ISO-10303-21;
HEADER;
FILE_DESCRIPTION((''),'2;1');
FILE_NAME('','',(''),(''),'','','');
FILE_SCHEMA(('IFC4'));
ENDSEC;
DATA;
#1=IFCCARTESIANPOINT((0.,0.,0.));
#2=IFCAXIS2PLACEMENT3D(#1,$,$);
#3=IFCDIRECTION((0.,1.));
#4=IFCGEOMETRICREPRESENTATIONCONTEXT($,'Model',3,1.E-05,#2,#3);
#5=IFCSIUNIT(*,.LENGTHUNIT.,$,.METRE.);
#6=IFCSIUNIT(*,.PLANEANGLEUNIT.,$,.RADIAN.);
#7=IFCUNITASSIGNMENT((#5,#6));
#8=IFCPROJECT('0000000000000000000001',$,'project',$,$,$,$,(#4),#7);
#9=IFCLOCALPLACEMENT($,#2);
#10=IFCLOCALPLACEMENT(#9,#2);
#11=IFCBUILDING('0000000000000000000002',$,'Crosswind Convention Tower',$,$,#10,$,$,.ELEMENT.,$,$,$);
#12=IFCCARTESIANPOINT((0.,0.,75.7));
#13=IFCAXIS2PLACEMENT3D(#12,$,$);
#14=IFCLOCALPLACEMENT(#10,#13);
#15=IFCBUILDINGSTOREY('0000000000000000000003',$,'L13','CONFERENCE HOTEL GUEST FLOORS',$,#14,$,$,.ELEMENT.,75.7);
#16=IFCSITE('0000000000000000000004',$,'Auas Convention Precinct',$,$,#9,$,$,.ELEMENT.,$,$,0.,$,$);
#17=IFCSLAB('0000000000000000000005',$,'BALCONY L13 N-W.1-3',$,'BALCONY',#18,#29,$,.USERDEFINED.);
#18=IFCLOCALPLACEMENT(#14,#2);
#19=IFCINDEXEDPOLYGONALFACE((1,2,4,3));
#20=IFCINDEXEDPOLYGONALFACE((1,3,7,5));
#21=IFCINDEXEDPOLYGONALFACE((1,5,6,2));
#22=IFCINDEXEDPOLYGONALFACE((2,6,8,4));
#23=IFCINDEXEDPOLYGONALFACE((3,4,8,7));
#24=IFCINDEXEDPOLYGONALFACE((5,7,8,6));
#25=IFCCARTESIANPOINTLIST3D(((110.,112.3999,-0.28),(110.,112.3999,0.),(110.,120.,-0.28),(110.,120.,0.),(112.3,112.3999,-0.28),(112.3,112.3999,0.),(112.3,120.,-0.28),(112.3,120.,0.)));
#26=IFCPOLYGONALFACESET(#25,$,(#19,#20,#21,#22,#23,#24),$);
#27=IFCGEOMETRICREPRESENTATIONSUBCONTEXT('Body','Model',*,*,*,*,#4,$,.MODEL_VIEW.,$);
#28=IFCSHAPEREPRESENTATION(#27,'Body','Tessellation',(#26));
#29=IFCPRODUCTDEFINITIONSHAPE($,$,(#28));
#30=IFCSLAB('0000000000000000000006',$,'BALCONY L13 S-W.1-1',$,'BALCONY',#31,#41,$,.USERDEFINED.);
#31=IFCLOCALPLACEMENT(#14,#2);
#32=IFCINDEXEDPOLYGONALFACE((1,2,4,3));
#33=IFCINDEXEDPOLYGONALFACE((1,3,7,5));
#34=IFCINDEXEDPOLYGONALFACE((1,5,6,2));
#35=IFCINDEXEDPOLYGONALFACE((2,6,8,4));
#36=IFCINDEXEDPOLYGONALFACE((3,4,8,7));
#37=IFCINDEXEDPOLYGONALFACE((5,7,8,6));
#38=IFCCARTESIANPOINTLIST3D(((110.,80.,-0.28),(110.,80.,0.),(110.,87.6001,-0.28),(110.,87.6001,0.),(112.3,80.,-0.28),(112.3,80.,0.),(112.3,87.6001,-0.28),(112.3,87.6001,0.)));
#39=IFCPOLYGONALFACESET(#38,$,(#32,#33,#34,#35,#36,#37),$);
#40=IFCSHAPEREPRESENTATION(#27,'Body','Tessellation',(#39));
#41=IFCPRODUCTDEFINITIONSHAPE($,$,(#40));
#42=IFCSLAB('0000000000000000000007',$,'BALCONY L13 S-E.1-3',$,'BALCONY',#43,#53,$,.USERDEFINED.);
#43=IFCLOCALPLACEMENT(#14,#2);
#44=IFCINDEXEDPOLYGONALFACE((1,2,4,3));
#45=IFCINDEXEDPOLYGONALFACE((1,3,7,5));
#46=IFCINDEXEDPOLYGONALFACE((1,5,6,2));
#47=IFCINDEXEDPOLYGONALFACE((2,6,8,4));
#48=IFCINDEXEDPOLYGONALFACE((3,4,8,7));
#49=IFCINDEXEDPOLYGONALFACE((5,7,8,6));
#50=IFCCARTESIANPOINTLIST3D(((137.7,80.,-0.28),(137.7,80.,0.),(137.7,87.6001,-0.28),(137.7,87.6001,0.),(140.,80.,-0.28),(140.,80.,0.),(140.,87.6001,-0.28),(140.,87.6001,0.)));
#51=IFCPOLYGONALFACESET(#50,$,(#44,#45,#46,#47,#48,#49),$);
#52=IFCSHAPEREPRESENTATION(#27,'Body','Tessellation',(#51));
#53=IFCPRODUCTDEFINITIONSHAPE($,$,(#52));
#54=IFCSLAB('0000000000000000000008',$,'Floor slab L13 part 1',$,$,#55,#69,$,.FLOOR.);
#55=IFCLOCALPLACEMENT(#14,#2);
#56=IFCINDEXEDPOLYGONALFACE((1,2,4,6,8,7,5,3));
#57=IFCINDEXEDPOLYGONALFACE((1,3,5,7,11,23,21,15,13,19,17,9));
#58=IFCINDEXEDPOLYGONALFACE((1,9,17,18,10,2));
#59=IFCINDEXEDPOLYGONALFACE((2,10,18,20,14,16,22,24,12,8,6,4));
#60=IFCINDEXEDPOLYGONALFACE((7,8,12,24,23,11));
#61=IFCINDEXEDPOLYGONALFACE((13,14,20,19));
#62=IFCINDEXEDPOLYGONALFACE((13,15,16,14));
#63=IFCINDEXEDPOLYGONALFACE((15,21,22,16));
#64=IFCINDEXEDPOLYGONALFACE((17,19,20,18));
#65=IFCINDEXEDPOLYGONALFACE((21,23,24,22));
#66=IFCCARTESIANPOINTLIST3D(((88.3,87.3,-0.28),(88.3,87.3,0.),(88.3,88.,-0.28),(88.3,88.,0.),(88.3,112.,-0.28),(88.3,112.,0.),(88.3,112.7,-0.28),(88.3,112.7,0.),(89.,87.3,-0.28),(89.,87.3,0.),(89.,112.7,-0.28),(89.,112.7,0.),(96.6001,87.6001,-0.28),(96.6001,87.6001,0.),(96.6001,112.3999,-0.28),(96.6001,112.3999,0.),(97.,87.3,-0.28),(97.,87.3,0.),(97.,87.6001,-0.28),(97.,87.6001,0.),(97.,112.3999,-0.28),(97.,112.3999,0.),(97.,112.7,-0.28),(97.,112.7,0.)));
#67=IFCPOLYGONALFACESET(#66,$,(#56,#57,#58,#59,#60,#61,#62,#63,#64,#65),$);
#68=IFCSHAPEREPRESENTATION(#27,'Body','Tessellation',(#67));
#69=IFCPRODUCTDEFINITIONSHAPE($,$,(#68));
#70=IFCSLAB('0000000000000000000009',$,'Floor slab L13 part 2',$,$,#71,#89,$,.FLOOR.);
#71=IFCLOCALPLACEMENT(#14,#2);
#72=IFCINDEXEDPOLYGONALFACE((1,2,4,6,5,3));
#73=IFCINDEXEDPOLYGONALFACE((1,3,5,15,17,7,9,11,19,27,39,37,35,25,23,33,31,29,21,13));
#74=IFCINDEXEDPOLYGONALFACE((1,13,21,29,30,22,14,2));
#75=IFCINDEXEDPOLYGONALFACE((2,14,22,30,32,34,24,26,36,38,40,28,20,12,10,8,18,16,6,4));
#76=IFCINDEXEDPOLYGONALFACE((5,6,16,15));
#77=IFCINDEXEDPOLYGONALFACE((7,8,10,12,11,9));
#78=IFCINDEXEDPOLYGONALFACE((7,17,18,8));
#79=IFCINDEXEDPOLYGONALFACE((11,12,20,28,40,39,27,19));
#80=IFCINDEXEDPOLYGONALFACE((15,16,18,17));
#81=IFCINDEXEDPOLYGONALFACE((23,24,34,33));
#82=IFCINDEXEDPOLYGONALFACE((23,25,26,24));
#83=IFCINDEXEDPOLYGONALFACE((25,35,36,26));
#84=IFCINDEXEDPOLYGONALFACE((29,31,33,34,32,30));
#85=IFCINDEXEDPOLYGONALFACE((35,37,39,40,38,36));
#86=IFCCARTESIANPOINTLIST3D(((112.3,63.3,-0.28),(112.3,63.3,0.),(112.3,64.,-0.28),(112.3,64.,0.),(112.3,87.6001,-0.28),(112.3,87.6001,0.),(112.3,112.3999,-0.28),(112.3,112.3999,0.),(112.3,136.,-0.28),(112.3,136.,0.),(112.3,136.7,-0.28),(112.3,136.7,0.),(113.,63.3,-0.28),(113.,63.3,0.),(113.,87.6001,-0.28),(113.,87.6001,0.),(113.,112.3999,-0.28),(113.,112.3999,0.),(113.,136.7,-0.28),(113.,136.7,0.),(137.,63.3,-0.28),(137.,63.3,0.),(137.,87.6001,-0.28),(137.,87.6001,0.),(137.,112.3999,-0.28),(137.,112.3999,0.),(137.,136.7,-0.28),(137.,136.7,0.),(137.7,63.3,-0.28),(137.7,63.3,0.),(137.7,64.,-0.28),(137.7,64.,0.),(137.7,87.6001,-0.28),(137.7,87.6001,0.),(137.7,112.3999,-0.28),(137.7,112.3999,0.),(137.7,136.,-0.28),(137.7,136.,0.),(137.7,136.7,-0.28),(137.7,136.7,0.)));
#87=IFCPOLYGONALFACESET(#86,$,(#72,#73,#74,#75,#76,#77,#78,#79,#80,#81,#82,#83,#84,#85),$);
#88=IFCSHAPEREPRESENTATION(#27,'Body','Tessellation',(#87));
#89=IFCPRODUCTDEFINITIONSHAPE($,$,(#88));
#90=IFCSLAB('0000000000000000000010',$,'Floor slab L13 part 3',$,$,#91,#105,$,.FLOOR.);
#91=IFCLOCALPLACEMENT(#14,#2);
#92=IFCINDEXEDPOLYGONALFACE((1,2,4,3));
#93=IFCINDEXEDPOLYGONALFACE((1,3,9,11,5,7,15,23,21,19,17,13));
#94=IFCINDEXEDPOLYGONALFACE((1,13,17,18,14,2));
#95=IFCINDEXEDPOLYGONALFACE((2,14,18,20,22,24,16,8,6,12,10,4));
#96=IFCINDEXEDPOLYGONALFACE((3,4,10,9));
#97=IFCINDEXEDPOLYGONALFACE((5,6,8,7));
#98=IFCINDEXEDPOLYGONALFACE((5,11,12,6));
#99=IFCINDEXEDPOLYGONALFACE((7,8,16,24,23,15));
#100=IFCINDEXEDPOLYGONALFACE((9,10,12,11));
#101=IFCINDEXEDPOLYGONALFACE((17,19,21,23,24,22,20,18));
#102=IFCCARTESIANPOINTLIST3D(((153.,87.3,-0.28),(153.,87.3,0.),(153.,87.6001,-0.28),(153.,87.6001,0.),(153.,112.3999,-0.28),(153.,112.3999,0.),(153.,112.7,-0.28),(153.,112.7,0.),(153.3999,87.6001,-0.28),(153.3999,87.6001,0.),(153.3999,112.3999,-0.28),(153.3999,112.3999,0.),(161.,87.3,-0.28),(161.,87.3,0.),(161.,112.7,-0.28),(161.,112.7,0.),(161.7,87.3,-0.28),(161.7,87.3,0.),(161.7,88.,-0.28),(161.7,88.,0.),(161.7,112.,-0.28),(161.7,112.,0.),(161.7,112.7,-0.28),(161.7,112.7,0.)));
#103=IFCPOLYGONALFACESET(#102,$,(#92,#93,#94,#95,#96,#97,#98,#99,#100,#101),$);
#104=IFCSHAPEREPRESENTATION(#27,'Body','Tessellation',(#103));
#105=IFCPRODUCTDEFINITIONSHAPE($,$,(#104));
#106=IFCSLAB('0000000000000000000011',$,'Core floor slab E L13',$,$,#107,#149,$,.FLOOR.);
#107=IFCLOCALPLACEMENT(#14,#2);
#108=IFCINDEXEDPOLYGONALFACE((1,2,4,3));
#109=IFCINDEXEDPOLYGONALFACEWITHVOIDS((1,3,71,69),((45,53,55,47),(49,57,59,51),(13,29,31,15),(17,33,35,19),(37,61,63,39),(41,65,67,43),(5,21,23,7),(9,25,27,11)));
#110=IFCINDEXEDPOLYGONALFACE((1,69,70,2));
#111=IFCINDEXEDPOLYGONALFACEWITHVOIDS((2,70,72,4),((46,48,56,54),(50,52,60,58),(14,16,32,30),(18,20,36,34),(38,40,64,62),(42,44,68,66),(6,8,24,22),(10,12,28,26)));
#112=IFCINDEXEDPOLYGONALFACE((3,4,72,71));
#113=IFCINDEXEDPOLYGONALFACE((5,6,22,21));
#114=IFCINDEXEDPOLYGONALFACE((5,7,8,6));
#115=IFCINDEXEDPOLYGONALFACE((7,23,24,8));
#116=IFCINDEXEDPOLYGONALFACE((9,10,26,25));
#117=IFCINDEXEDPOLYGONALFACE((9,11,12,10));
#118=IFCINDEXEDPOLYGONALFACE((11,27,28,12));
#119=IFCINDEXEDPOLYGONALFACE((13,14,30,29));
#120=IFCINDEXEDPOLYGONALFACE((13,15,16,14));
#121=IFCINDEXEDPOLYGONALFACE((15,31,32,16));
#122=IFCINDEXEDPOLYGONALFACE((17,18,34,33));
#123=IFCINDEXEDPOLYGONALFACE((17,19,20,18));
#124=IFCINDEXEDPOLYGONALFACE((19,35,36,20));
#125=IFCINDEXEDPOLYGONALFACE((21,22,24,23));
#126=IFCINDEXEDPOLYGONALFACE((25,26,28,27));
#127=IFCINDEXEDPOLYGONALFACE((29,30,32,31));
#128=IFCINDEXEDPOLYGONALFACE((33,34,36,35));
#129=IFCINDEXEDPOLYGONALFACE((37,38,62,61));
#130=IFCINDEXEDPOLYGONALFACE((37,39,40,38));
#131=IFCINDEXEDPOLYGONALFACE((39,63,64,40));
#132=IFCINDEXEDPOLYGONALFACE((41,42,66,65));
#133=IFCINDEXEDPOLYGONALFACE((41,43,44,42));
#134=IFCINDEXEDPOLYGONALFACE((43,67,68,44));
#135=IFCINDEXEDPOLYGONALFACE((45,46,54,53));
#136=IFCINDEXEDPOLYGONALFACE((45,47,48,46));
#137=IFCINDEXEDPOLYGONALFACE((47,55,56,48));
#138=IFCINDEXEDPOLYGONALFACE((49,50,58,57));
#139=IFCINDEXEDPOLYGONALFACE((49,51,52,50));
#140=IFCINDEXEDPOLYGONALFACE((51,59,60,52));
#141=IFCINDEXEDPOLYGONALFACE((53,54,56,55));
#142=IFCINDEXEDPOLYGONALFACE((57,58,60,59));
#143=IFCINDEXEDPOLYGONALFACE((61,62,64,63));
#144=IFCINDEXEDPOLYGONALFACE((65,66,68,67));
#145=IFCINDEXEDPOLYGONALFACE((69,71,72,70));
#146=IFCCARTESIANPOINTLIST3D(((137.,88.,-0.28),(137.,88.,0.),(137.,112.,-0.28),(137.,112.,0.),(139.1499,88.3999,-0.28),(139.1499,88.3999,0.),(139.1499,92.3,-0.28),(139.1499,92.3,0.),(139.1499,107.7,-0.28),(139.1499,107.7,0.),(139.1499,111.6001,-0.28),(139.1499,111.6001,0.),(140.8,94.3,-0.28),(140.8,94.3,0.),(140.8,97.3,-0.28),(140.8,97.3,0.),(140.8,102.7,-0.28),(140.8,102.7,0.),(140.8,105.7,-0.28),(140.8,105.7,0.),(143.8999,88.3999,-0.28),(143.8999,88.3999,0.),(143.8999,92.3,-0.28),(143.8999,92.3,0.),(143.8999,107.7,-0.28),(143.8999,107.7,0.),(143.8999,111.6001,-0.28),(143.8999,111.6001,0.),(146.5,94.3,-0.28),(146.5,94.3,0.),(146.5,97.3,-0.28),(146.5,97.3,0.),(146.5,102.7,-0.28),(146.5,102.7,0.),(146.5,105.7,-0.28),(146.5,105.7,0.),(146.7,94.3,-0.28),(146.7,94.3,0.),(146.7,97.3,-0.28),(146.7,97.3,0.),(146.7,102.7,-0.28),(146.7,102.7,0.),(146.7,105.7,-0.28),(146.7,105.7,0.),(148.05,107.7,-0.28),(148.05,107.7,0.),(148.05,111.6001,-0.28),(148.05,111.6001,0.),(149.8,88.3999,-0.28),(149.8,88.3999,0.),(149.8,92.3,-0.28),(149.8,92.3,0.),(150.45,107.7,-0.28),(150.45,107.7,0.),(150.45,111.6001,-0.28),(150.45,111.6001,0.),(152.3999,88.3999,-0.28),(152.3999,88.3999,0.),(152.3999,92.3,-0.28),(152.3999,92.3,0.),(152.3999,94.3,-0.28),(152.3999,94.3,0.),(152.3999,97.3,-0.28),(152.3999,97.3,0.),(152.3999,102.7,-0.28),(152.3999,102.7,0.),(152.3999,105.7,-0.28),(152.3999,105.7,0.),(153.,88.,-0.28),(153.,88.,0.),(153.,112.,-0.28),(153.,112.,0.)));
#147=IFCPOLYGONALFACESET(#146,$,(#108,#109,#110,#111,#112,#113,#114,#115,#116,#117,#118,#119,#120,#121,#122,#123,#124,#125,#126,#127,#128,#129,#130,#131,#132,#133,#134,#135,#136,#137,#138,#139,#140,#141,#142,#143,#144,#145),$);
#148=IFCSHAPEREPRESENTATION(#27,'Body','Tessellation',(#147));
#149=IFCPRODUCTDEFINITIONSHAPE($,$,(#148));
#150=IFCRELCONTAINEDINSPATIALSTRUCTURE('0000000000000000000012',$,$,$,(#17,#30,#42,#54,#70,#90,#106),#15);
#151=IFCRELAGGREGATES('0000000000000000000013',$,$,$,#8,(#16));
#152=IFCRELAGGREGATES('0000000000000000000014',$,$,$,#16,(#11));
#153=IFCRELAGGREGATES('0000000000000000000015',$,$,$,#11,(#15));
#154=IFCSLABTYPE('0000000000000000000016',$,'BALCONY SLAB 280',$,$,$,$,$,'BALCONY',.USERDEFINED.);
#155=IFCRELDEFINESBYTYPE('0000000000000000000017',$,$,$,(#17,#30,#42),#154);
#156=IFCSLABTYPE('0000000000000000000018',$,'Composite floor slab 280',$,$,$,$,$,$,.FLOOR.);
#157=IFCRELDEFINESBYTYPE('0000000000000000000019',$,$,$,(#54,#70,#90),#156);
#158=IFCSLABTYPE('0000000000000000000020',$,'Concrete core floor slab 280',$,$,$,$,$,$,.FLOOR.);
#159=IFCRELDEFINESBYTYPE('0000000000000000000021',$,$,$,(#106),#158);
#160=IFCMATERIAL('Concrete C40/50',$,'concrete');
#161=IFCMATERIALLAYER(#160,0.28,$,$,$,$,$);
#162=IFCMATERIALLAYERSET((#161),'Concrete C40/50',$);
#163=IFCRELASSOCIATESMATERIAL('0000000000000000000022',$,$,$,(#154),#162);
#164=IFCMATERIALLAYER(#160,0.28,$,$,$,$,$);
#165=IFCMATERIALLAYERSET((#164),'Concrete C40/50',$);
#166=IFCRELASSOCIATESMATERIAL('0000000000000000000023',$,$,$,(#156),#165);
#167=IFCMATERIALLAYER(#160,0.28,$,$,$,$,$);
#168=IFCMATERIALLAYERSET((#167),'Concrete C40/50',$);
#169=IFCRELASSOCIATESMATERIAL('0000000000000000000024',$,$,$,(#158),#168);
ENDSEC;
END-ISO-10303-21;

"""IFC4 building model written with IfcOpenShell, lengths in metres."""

from ifc_helpers import new_model, si_unit, direction, frame, origin, place, context, subcontext, project, spatial, polyline, outline, extrude, material, layer, layer_set, type_object, element, save


model = new_model("IFC4")

# Units and contexts
model_context = context("Model", 3, precision=1e-05, world=origin(), true_north=direction((0.0, 1.0)))
body_context = subcontext(model_context, "Body", "Model", "MODEL_VIEW")
ifc_project = project(units=[si_unit("LENGTHUNIT", "METRE"), si_unit("PLANEANGLEUNIT", "RADIAN")], contexts=[model_context])

# Site, building, storey
site_placement = place(None, origin())
site = spatial("IfcSite", under=ifc_project, at=site_placement, Name="Auas Convention Precinct", CompositionType="ELEMENT", RefElevation=0.0)
building_placement = place(site_placement, origin())
building = spatial("IfcBuilding", under=site, at=building_placement, Name="Crosswind Convention Tower", CompositionType="ELEMENT")
storey_placement = place(building_placement, frame((0.0, 0.0, 75.7)))
storey = spatial("IfcBuildingStorey", under=building, at=storey_placement, Name="L13", Description="CONFERENCE HOTEL GUEST FLOORS", CompositionType="ELEMENT", Elevation=75.7)

# Slabs
ifc_material_1 = material(Name="Concrete C40/50", Category="concrete")
ifc_layer_1 = layer(ifc_material_1, 0.28)
ifc_layer_set_1 = layer_set([ifc_layer_1], Name="Concrete C40/50")
slab_type_1 = type_object("IfcSlabType", Name="BALCONY SLAB 280", ElementType="BALCONY", PredefinedType="USERDEFINED", material=ifc_layer_set_1)
slab_1_placement = place(storey_placement, frame((0.0, 0.0, -0.28)))
element("IfcSlab", 1, at=slab_1_placement, inside=storey, type_object=slab_type_1, Name="BALCONY L13 N-W.1-3", ObjectType="BALCONY", PredefinedType="USERDEFINED", context=body_context, shape_type="SweptSolid", body=[
    extrude(outline(polyline([(112.3, 120.0), (112.3, 112.3999), (110.0, 112.3999), (110.0, 120.0), (112.3, 120.0)])), origin(), (0.0, 0.0, 1.0), 0.28),
])
slab_2_placement = place(storey_placement, frame((0.0, 0.0, -0.28)))
element("IfcSlab", 2, at=slab_2_placement, inside=storey, type_object=slab_type_1, Name="BALCONY L13 S-W.1-1", ObjectType="BALCONY", PredefinedType="USERDEFINED", context=body_context, shape_type="SweptSolid", body=[
    extrude(outline(polyline([(112.3, 87.6001), (112.3, 80.0), (110.0, 80.0), (110.0, 87.6001), (112.3, 87.6001)])), origin(), (0.0, 0.0, 1.0), 0.28),
])
slab_3_placement = place(storey_placement, frame((0.0, 0.0, -0.28)))
element("IfcSlab", 3, at=slab_3_placement, inside=storey, type_object=slab_type_1, Name="BALCONY L13 S-E.1-3", ObjectType="BALCONY", PredefinedType="USERDEFINED", context=body_context, shape_type="SweptSolid", body=[
    extrude(outline(polyline([(137.7, 80.0), (137.7, 87.6001), (140.0, 87.6001), (140.0, 80.0), (137.7, 80.0)])), origin(), (0.0, 0.0, 1.0), 0.28),
])
ifc_layer_2 = layer(ifc_material_1, 0.28)
ifc_layer_set_2 = layer_set([ifc_layer_2], Name="Concrete C40/50")
slab_type_2 = type_object("IfcSlabType", Name="Composite floor slab 280", PredefinedType="FLOOR", material=ifc_layer_set_2)
slab_4_placement = place(storey_placement, frame((0.0, 0.0, -0.28)))
element("IfcSlab", 4, at=slab_4_placement, inside=storey, type_object=slab_type_2, Name="Floor slab L13 part 1", PredefinedType="FLOOR", context=body_context, shape_type="SweptSolid", body=[
    extrude(outline(polyline([(97.0, 87.3), (89.0, 87.3), (88.3, 87.3), (88.3, 88.0), (88.3, 112.0), (88.3, 112.7), (89.0, 112.7), (97.0, 112.7), (97.0, 112.3999), (96.6001, 112.3999), (96.6001, 87.6001), (97.0, 87.6001), (97.0, 87.3)])), origin(), (0.0, 0.0, 1.0), 0.28),
])
slab_5_placement = place(storey_placement, frame((0.0, 0.0, -0.28)))
element("IfcSlab", 5, at=slab_5_placement, inside=storey, type_object=slab_type_2, Name="Floor slab L13 part 2", PredefinedType="FLOOR", context=body_context, shape_type="SweptSolid", body=[
    extrude(outline(polyline([(112.3, 87.6001), (113.0, 87.6001), (113.0, 112.3999), (112.3, 112.3999), (112.3, 136.0), (112.3, 136.7), (113.0, 136.7), (137.0, 136.7), (137.7, 136.7), (137.7, 136.0), (137.7, 112.3999), (137.0, 112.3999), (137.0, 87.6001), (137.7, 87.6001), (137.7, 64.0), (137.7, 63.3), (137.0, 63.3), (113.0, 63.3), (112.3, 63.3), (112.3, 64.0), (112.3, 87.6001)])), origin(), (0.0, 0.0, 1.0), 0.28),
])
slab_6_placement = place(storey_placement, frame((0.0, 0.0, -0.28)))
element("IfcSlab", 6, at=slab_6_placement, inside=storey, type_object=slab_type_2, Name="Floor slab L13 part 3", PredefinedType="FLOOR", context=body_context, shape_type="SweptSolid", body=[
    extrude(outline(polyline([(153.0, 112.7), (161.0, 112.7), (161.7, 112.7), (161.7, 112.0), (161.7, 88.0), (161.7, 87.3), (161.0, 87.3), (153.0, 87.3), (153.0, 87.6001), (153.3999, 87.6001), (153.3999, 112.3999), (153.0, 112.3999), (153.0, 112.7)])), origin(), (0.0, 0.0, 1.0), 0.28),
])
ifc_layer_3 = layer(ifc_material_1, 0.28)
ifc_layer_set_3 = layer_set([ifc_layer_3], Name="Concrete C40/50")
slab_type_3 = type_object("IfcSlabType", Name="Concrete core floor slab 280", PredefinedType="FLOOR", material=ifc_layer_set_3)
slab_7_placement = place(storey_placement, frame((0.0, 0.0, -0.28)))
element("IfcSlab", 7, at=slab_7_placement, inside=storey, type_object=slab_type_3, Name="Core floor slab E L13", PredefinedType="FLOOR", context=body_context, shape_type="SweptSolid", body=[
    extrude(outline(polyline([(137.0, 88.0), (153.0, 88.0), (153.0, 112.0), (137.0, 112.0), (137.0, 88.0)]), holes=[polyline([(146.5, 102.7), (146.5, 105.7), (140.8, 105.7), (140.8, 102.7), (146.5, 102.7)]), polyline([(152.3999, 102.7), (152.3999, 105.7), (146.7, 105.7), (146.7, 102.7), (152.3999, 102.7)]), polyline([(146.5, 94.3), (146.5, 97.3), (140.8, 97.3), (140.8, 94.3), (146.5, 94.3)]), polyline([(152.3999, 94.3), (152.3999, 97.3), (146.7, 97.3), (146.7, 94.3), (152.3999, 94.3)]), polyline([(150.45, 107.7), (150.45, 111.6001), (148.05, 111.6001), (148.05, 107.7), (150.45, 107.7)]), polyline([(152.3999, 88.3999), (152.3999, 92.3), (149.8, 92.3), (149.8, 88.3999), (152.3999, 88.3999)]), polyline([(143.8999, 107.7), (143.8999, 111.6001), (139.1499, 111.6001), (139.1499, 107.7), (143.8999, 107.7)]), polyline([(143.8999, 88.3999), (143.8999, 92.3), (139.1499, 92.3), (139.1499, 88.3999), (143.8999, 88.3999)])]), origin(), (0.0, 0.0, 1.0), 0.28),
])

save(model, "model.ifc")
